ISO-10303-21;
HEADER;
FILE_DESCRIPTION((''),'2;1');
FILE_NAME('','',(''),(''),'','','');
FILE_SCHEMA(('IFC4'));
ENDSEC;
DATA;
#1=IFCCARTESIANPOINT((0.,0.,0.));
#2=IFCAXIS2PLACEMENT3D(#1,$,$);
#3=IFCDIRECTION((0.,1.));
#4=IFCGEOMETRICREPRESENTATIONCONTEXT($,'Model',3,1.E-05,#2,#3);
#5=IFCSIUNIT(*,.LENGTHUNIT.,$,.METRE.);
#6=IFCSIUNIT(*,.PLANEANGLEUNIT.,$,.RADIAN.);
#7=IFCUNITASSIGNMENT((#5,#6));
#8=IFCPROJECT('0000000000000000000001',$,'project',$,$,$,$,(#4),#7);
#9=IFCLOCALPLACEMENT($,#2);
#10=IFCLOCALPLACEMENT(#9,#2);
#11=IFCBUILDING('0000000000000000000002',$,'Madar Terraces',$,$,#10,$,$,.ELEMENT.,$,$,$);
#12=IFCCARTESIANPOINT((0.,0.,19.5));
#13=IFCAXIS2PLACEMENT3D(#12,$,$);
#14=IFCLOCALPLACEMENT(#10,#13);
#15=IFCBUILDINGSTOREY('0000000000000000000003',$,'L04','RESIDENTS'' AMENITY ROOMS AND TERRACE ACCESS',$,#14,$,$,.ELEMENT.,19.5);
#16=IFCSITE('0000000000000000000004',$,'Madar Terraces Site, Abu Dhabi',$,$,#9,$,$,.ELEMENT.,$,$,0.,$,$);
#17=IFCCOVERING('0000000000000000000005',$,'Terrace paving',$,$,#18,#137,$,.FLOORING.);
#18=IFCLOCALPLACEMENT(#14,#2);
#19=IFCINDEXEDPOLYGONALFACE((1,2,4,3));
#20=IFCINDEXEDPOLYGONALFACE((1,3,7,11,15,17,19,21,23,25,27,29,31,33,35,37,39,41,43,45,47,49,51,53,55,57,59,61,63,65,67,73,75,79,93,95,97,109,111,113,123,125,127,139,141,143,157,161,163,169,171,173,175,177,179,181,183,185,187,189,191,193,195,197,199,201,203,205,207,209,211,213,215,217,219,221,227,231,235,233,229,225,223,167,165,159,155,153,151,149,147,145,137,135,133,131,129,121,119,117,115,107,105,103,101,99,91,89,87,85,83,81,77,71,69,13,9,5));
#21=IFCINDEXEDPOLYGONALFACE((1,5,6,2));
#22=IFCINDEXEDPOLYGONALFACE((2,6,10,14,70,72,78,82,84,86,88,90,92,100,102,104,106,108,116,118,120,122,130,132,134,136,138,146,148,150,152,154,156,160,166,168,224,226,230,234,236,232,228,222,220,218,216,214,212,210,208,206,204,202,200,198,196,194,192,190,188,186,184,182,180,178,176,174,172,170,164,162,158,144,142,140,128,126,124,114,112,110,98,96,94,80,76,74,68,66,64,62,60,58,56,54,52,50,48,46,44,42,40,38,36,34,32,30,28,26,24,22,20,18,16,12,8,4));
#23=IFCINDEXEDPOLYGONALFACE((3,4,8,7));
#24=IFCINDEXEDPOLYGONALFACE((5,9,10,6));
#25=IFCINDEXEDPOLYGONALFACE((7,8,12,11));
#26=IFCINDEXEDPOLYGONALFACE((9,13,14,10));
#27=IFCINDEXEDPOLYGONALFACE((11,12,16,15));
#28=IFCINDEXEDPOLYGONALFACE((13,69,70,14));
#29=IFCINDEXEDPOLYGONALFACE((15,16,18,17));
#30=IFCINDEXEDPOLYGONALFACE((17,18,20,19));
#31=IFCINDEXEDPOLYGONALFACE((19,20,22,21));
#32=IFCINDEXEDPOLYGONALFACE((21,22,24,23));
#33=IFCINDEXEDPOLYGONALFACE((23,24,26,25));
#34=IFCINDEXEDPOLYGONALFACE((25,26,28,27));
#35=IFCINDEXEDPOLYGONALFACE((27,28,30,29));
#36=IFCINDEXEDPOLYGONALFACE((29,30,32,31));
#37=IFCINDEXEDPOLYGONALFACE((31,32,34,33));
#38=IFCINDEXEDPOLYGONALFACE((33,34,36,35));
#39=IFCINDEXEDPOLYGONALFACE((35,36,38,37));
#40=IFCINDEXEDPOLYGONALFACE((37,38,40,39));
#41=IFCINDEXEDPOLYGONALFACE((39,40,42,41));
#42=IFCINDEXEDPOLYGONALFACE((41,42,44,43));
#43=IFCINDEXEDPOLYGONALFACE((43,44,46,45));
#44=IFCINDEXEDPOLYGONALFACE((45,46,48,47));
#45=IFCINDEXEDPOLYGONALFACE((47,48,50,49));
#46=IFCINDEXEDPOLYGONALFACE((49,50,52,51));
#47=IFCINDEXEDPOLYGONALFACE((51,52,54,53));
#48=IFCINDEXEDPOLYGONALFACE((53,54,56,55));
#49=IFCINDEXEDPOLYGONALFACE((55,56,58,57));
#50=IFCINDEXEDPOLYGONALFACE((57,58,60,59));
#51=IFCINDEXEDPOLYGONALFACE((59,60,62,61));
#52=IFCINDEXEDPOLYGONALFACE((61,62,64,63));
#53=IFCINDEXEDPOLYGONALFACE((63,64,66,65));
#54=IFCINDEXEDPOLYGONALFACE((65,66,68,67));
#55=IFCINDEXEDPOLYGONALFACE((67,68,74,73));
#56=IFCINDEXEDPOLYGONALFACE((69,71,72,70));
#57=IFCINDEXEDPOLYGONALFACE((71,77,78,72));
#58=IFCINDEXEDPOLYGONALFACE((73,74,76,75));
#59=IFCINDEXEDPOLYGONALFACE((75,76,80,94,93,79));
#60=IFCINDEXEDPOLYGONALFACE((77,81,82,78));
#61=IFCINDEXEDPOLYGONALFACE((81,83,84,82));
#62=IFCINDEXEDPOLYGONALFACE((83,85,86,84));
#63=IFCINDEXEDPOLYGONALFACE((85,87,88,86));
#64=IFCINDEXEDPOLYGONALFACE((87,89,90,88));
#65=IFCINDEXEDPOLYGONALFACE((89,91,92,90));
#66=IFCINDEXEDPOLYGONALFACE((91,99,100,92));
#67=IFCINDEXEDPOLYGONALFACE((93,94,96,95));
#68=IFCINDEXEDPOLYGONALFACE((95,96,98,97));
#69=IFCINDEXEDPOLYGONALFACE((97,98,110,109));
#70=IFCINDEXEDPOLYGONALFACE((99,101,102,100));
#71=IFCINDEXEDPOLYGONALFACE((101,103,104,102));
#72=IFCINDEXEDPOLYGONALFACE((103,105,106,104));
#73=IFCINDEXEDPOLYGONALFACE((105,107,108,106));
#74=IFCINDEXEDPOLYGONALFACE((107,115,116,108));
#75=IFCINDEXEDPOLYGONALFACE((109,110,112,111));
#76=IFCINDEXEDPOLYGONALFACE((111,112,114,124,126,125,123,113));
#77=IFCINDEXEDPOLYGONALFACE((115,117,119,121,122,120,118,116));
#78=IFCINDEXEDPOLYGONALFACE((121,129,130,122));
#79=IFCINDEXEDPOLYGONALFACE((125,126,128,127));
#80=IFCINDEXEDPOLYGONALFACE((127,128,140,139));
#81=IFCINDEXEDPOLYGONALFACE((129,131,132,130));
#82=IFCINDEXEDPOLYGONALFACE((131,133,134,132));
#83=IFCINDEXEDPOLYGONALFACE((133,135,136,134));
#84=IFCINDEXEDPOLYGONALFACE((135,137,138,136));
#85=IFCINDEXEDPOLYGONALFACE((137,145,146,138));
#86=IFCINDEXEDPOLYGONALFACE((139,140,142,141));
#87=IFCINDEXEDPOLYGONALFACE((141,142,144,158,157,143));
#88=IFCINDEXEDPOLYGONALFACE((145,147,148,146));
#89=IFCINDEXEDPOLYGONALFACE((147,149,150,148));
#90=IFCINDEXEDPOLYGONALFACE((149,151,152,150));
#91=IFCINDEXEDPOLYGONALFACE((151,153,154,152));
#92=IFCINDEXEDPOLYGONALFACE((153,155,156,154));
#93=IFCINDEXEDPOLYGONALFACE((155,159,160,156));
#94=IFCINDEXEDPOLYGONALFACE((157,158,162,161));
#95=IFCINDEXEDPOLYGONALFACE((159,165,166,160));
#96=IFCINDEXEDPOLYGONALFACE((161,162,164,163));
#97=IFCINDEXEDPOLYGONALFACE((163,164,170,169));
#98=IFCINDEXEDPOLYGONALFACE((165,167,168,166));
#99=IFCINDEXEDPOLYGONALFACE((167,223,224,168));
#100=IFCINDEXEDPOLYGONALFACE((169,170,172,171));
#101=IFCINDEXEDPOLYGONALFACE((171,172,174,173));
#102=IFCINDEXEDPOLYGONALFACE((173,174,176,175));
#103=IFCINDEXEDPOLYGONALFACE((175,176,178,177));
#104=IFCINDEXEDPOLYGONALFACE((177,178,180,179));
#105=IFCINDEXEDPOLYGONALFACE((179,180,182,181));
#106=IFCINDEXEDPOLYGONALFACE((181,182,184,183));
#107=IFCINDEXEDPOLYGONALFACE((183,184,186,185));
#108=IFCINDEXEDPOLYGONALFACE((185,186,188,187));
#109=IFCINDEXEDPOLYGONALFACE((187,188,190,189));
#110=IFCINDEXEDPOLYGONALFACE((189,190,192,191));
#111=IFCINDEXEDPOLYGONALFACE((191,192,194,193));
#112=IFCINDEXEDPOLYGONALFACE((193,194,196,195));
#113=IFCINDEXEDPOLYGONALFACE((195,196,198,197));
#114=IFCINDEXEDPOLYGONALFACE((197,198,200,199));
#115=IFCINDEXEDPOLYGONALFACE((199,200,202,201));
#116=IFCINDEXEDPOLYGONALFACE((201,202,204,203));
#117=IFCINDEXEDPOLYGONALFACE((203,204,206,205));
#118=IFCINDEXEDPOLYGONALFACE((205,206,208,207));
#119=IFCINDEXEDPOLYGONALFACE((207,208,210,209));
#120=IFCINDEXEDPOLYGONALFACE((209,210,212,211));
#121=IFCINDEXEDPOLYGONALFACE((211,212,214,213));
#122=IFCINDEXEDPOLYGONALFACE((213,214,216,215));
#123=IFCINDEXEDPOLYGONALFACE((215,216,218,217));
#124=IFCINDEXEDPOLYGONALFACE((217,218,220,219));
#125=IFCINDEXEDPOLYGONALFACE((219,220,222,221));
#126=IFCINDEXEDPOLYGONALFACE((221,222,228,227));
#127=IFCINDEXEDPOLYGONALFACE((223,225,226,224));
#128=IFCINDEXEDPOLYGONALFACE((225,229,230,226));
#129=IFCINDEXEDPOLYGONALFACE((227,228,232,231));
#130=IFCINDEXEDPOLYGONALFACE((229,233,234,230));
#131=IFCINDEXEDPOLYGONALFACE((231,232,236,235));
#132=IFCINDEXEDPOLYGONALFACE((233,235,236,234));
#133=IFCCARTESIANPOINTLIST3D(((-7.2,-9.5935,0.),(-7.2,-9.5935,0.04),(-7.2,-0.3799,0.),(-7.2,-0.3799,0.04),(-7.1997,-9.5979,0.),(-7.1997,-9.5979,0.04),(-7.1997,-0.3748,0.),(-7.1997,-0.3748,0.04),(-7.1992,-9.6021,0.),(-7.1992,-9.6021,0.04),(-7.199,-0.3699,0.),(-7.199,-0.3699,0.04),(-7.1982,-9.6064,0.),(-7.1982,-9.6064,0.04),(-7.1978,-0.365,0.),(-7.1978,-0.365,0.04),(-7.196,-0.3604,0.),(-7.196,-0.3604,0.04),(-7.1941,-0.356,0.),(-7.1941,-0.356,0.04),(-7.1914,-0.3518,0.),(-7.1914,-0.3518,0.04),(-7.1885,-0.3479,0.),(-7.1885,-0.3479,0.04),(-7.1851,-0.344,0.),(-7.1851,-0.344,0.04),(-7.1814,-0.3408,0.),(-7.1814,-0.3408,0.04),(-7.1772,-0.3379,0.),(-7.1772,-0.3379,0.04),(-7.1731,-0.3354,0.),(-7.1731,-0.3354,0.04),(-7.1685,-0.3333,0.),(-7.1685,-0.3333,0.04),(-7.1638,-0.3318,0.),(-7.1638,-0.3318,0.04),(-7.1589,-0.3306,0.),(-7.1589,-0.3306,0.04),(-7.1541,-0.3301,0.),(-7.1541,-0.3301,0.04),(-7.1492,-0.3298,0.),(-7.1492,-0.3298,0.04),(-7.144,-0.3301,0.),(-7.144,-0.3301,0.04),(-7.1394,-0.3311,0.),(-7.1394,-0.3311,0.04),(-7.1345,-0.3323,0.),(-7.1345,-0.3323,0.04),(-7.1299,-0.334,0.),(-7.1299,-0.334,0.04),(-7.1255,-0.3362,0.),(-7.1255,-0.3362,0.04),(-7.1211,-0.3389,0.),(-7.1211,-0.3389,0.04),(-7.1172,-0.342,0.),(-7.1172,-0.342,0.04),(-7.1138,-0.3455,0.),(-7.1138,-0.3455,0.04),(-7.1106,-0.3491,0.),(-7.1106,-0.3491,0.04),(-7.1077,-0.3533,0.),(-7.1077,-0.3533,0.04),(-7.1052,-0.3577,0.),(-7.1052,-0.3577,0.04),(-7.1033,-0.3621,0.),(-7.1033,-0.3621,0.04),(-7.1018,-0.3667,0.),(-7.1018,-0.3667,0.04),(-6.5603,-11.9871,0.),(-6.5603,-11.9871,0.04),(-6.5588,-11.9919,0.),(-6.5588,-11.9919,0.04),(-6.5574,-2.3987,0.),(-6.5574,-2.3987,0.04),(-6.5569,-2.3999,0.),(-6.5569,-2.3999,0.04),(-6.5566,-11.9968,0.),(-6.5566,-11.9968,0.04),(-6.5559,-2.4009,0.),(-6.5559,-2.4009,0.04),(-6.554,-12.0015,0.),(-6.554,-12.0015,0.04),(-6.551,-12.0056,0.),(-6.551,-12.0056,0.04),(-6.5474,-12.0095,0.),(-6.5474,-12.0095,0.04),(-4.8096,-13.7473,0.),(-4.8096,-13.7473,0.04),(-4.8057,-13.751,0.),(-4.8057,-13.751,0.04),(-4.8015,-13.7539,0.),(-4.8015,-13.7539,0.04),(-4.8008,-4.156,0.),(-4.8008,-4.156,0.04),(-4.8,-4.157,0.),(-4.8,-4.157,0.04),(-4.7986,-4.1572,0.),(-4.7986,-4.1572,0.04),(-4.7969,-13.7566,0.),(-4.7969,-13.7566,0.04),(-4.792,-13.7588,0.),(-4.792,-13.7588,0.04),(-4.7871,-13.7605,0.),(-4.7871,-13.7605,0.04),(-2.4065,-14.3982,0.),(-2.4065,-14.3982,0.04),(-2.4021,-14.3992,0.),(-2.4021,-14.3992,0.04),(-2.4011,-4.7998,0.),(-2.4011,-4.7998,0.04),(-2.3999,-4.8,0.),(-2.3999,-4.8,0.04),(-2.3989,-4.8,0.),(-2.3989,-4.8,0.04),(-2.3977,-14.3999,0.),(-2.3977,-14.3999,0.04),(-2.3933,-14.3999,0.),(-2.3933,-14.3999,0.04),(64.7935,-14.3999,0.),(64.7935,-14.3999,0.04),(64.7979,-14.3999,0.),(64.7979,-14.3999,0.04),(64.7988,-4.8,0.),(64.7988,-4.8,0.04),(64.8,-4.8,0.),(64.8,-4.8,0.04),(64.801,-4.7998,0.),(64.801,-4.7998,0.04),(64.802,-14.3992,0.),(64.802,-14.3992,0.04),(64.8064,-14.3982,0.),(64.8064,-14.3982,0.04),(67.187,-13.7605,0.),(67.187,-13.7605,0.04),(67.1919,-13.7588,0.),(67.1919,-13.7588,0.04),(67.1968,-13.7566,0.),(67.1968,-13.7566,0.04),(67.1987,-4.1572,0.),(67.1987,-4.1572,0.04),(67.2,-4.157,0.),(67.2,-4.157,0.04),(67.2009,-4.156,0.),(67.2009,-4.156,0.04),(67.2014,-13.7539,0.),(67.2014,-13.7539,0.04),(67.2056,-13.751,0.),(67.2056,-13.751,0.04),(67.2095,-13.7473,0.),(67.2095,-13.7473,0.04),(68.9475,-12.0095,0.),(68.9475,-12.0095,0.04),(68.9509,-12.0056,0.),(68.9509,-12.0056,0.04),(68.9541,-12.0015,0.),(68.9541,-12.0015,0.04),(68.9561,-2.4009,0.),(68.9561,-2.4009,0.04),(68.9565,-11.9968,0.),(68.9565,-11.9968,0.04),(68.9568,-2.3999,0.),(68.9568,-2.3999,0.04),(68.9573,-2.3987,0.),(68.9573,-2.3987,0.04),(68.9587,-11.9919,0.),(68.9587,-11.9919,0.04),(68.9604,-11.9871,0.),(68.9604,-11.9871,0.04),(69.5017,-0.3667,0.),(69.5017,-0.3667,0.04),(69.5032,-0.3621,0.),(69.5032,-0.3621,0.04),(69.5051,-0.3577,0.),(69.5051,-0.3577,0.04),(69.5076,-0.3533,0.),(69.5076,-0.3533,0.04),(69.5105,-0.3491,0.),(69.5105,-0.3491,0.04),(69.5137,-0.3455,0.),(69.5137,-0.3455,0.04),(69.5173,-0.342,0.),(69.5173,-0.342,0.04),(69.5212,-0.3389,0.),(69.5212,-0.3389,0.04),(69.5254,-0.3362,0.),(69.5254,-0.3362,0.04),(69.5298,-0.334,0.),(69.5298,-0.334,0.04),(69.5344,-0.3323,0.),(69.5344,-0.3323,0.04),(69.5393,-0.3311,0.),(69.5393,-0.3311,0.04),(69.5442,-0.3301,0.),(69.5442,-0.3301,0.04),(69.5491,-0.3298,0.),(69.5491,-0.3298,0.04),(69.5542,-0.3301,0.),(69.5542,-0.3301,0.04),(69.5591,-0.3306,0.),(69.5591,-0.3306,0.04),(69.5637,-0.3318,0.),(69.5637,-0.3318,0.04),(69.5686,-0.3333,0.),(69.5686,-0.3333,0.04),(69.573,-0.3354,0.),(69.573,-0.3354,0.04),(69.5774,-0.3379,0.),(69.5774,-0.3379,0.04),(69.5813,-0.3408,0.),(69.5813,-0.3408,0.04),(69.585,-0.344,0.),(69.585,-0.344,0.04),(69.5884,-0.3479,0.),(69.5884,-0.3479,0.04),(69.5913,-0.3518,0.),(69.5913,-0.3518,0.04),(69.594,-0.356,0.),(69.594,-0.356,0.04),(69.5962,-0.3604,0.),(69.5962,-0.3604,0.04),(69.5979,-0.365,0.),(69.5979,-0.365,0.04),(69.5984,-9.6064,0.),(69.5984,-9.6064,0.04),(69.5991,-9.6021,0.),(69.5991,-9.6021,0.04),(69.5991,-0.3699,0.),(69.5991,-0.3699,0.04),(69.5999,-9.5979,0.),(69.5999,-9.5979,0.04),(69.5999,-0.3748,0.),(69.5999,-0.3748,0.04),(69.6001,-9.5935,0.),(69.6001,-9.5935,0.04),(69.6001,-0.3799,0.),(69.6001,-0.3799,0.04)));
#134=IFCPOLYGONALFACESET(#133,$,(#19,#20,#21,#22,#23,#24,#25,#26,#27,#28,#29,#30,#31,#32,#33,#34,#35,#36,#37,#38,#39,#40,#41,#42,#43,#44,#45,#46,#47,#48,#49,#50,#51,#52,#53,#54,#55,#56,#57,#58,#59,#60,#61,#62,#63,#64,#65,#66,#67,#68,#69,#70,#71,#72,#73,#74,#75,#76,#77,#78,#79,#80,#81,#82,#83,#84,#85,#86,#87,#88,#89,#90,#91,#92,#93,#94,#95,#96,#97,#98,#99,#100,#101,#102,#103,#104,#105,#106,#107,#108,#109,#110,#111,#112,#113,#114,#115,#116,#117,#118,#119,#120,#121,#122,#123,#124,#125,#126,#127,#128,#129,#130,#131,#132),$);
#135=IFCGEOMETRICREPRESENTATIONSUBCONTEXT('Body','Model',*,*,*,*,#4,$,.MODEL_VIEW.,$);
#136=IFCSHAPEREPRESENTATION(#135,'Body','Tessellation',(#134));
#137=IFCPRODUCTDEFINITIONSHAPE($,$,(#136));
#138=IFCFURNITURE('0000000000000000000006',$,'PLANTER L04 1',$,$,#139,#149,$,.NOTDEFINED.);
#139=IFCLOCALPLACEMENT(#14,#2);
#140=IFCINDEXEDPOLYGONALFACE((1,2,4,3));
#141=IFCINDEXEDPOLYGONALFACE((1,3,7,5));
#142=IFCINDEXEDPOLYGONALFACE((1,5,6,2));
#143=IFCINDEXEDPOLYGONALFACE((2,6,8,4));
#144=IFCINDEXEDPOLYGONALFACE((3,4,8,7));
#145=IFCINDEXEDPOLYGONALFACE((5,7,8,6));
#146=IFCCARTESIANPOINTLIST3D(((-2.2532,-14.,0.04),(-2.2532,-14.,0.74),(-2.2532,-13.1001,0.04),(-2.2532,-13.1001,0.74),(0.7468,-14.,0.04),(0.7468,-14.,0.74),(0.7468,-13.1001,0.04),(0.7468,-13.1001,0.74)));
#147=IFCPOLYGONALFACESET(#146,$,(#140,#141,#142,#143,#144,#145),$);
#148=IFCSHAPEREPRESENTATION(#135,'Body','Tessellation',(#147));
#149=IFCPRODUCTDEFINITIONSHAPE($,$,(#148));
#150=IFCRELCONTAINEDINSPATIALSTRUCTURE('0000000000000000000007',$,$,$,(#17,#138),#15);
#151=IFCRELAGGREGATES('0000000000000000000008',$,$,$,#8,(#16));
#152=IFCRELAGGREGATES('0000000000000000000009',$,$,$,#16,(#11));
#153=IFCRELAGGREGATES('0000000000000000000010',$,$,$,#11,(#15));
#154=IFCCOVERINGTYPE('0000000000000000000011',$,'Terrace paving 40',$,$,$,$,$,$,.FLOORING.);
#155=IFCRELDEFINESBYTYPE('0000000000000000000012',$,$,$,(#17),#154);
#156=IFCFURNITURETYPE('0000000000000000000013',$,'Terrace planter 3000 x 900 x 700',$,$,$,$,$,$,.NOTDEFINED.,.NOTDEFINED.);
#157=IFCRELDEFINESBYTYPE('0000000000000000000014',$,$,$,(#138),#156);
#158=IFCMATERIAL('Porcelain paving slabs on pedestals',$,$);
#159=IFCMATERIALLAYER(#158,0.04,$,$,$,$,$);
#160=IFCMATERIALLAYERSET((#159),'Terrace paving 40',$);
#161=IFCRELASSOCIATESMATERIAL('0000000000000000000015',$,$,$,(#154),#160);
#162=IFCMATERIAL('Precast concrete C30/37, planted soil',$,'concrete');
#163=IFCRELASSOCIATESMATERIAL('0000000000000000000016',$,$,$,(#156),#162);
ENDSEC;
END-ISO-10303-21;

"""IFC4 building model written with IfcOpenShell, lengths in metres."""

from ifc_helpers import new_model, si_unit, direction, frame, origin, origin_2d, place, context, subcontext, project, spatial, polyline, rectangle, outline, extrude, material, layer, layer_set, type_object, element, save


model = new_model("IFC4")

# Units and contexts
model_context = context("Model", 3, precision=1e-05, world=origin(), true_north=direction((0.0, 1.0)))
body_context = subcontext(model_context, "Body", "Model", "MODEL_VIEW")
ifc_project = project(units=[si_unit("LENGTHUNIT", "METRE"), si_unit("PLANEANGLEUNIT", "RADIAN")], contexts=[model_context])

# Site, building, storey
site_placement = place(None, origin())
site = spatial("IfcSite", under=ifc_project, at=site_placement, Name="Madar Terraces Site, Abu Dhabi", CompositionType="ELEMENT", RefElevation=0.0)
building_placement = place(site_placement, origin())
building = spatial("IfcBuilding", under=site, at=building_placement, Name="Madar Terraces", CompositionType="ELEMENT")
storey_placement = place(building_placement, frame((0.0, 0.0, 19.5)))
storey = spatial("IfcBuildingStorey", under=building, at=storey_placement, Name="L04", Description="RESIDENTS' AMENITY ROOMS AND TERRACE ACCESS", CompositionType="ELEMENT", Elevation=19.5)

# Covering
ifc_material_1 = material(Name="Porcelain paving slabs on pedestals")
ifc_layer_1 = layer(ifc_material_1, 0.04)
ifc_layer_set_1 = layer_set([ifc_layer_1], Name="Terrace paving 40")
covering_type = type_object("IfcCoveringType", Name="Terrace paving 40", PredefinedType="FLOORING", material=ifc_layer_set_1)
covering_placement = place(storey_placement, origin())
element("IfcCovering", 1, at=covering_placement, inside=storey, type_object=covering_type, Name="Terrace paving", PredefinedType="FLOORING", context=body_context, shape_type="SweptSolid", body=[
    extrude(outline(polyline([(-6.5569, -2.3999), (-6.5559, -2.4009), (-4.8008, -4.156), (-4.8, -4.157), (-4.7986, -4.1572), (-2.4011, -4.7998), (-2.3999, -4.8), (-2.3989, -4.8), (64.7988, -4.8), (64.8, -4.8), (64.801, -4.7998), (67.1987, -4.1572), (67.2, -4.157), (67.2009, -4.156), (68.9561, -2.4009), (68.9568, -2.3999), (68.9573, -2.3987), (69.5017, -0.3667), (69.5032, -0.3621), (69.5051, -0.3577), (69.5076, -0.3533), (69.5105, -0.3491), (69.5137, -0.3455), (69.5173, -0.342), (69.5212, -0.3389), (69.5254, -0.3362), (69.5298, -0.334), (69.5344, -0.3323), (69.5393, -0.3311), (69.5442, -0.3301), (69.5491, -0.3298), (69.5542, -0.3301), (69.5591, -0.3306), (69.5637, -0.3318), (69.5686, -0.3333), (69.573, -0.3354), (69.5774, -0.3379), (69.5813, -0.3408), (69.585, -0.344), (69.5884, -0.3479), (69.5913, -0.3518), (69.594, -0.356), (69.5962, -0.3604), (69.5979, -0.365), (69.5991, -0.3699), (69.5999, -0.3748), (69.6001, -0.3799), (69.6001, -9.5935), (69.5999, -9.5979), (69.5991, -9.6021), (69.5984, -9.6064), (68.9604, -11.9871), (68.9587, -11.9919), (68.9565, -11.9968), (68.9541, -12.0015), (68.9509, -12.0056), (68.9475, -12.0095), (67.2095, -13.7473), (67.2056, -13.751), (67.2014, -13.7539), (67.1968, -13.7566), (67.1919, -13.7588), (67.187, -13.7605), (64.8064, -14.3982), (64.802, -14.3992), (64.7979, -14.3999), (64.7935, -14.3999), (-2.3933, -14.3999), (-2.3977, -14.3999), (-2.4021, -14.3992), (-2.4065, -14.3982), (-4.7871, -13.7605), (-4.792, -13.7588), (-4.7969, -13.7566), (-4.8015, -13.7539), (-4.8057, -13.751), (-4.8096, -13.7473), (-6.5474, -12.0095), (-6.551, -12.0056), (-6.554, -12.0015), (-6.5566, -11.9968), (-6.5588, -11.9919), (-6.5603, -11.9871), (-7.1982, -9.6064), (-7.1992, -9.6021), (-7.1997, -9.5979), (-7.2, -9.5935), (-7.2, -0.3799), (-7.1997, -0.3748), (-7.199, -0.3699), (-7.1978, -0.365), (-7.196, -0.3604), (-7.1941, -0.356), (-7.1914, -0.3518), (-7.1885, -0.3479), (-7.1851, -0.344), (-7.1814, -0.3408), (-7.1772, -0.3379), (-7.1731, -0.3354), (-7.1685, -0.3333), (-7.1638, -0.3318), (-7.1589, -0.3306), (-7.1541, -0.3301), (-7.1492, -0.3298), (-7.144, -0.3301), (-7.1394, -0.3311), (-7.1345, -0.3323), (-7.1299, -0.334), (-7.1255, -0.3362), (-7.1211, -0.3389), (-7.1172, -0.342), (-7.1138, -0.3455), (-7.1106, -0.3491), (-7.1077, -0.3533), (-7.1052, -0.3577), (-7.1033, -0.3621), (-7.1018, -0.3667), (-6.5574, -2.3987), (-6.5569, -2.3999)])), origin(), (0.0, 0.0, 1.0), 0.04),
])

# Furniture
ifc_material_2 = material(Name="Precast concrete C30/37, planted soil", Category="concrete")
furniture_type = type_object("IfcFurnitureType", Name="Terrace planter 3000 x 900 x 700", AssemblyPlace="NOTDEFINED", PredefinedType="NOTDEFINED", material=ifc_material_2)
furniture_placement = place(storey_placement, frame((-0.7532, -13.55, 0.04), z_axis=(0.0, 0.0, 1.0), x_axis=(1.0, 0.0, 0.0)))
element("IfcFurniture", 2, at=furniture_placement, inside=storey, type_object=furniture_type, Name="PLANTER L04 1", PredefinedType="NOTDEFINED", context=body_context, shape_type="SweptSolid", body=[
    extrude(rectangle(XDim=3.0, YDim=0.8999, at=origin_2d()), origin(), (0.0, 0.0, 1.0), 0.7),
])

save(model, "model.ifc")
